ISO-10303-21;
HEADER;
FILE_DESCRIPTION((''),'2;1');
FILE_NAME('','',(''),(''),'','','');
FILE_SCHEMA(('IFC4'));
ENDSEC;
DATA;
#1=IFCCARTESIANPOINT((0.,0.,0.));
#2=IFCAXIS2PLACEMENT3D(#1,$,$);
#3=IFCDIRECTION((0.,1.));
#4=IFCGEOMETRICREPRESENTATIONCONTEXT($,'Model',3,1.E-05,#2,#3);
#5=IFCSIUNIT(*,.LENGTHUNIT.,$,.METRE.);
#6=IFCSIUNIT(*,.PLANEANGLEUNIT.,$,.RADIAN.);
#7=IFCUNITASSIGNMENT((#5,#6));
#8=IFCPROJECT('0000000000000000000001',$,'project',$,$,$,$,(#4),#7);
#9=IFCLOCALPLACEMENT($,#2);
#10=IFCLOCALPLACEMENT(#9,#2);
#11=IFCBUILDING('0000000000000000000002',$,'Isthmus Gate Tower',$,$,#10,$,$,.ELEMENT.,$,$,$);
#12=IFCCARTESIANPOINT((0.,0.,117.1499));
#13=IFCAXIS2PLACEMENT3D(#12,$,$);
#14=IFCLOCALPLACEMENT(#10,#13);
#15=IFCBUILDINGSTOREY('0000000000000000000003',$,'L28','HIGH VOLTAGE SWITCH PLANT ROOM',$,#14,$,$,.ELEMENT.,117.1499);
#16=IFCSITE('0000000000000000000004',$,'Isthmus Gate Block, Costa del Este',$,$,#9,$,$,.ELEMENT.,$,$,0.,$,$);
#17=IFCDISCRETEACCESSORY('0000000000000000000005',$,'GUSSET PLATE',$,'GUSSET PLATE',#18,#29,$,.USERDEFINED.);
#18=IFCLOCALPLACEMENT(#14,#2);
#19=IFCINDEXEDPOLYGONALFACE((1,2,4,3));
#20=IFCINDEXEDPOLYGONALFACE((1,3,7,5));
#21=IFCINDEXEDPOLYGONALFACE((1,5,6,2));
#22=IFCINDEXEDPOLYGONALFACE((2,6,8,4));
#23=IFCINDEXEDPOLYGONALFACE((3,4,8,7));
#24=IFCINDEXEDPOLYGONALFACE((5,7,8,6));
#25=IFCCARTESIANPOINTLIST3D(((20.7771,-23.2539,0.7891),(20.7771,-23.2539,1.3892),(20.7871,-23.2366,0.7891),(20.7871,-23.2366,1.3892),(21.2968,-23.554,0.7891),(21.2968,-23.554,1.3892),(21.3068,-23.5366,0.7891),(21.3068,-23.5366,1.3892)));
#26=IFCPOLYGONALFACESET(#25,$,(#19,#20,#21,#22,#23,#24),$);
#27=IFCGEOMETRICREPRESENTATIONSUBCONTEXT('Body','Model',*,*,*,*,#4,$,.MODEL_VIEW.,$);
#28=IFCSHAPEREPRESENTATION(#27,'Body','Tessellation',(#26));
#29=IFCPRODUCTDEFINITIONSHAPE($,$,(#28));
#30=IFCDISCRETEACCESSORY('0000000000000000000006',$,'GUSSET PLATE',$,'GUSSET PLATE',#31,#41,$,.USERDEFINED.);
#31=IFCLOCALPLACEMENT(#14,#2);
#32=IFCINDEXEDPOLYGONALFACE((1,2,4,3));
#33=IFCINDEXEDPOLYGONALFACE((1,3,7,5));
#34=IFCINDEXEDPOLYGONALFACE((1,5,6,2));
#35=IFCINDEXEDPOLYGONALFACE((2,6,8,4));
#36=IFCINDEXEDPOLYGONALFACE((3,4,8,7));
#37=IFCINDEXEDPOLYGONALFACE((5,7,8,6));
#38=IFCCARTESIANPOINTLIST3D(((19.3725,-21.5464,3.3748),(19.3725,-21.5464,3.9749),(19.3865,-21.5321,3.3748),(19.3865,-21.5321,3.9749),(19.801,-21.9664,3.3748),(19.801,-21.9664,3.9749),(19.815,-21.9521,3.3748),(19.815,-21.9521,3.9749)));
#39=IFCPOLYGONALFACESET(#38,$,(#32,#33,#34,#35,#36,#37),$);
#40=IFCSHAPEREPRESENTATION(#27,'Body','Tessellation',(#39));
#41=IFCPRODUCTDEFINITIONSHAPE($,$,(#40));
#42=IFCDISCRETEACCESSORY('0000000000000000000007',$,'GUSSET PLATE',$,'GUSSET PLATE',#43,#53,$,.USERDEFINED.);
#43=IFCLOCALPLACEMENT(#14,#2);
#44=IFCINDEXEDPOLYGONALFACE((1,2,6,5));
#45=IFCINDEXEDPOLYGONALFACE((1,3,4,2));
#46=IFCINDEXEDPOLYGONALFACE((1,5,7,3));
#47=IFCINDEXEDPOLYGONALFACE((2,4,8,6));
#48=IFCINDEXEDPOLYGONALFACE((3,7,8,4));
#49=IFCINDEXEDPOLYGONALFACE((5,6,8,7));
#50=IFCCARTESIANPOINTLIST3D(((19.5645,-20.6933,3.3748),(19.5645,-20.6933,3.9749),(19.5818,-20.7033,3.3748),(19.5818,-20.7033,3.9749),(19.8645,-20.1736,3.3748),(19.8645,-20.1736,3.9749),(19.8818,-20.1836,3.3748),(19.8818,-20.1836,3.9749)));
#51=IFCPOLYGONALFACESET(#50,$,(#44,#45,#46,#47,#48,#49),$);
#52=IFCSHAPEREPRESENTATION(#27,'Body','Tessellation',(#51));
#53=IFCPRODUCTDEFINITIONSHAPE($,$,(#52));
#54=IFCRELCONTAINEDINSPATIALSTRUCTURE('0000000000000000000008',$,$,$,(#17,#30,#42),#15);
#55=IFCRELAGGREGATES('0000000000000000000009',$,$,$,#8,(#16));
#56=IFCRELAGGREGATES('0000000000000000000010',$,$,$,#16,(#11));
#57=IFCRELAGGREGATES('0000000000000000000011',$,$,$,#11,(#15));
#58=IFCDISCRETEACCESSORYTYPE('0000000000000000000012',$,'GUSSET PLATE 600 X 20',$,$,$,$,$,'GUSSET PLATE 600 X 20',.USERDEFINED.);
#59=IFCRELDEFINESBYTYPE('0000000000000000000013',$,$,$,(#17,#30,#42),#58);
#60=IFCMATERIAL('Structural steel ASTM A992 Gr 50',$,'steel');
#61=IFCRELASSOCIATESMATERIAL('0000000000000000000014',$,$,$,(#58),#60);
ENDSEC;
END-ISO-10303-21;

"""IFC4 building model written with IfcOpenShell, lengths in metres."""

from ifc_helpers import new_model, si_unit, direction, frame, origin, origin_2d, place, context, subcontext, project, spatial, rectangle, extrude, material, type_object, element, save


model = new_model("IFC4")

# Units and contexts
model_context = context("Model", 3, precision=1e-05, world=origin(), true_north=direction((0.0, 1.0)))
body_context = subcontext(model_context, "Body", "Model", "MODEL_VIEW")
ifc_project = project(units=[si_unit("LENGTHUNIT", "METRE"), si_unit("PLANEANGLEUNIT", "RADIAN")], contexts=[model_context])

# Site, building, storey
site_placement = place(None, origin())
site = spatial("IfcSite", under=ifc_project, at=site_placement, Name="Isthmus Gate Block, Costa del Este", CompositionType="ELEMENT", RefElevation=0.0)
building_placement = place(site_placement, origin())
building = spatial("IfcBuilding", under=site, at=building_placement, Name="Isthmus Gate Tower", CompositionType="ELEMENT")
storey_placement = place(building_placement, frame((0.0, 0.0, 117.1499)))
storey = spatial("IfcBuildingStorey", under=building, at=storey_placement, Name="L28", Description="HIGH VOLTAGE SWITCH PLANT ROOM", CompositionType="ELEMENT", Elevation=117.1499)

# Discrete accessories
ifc_material_1 = material(Name="Structural steel ASTM A992 Gr 50", Category="steel")
discrete_accessory_type_1 = type_object("IfcDiscreteAccessoryType", Name="GUSSET PLATE 600 X 20", ElementType="GUSSET PLATE 600 X 20", PredefinedType="USERDEFINED", material=ifc_material_1)
for number, where, z_axis, x_axis, name in (
    (1, (21.042, -23.3953, 0.7891), (0.0, 0.0, 1.0), (-0.866025, 0.5, 0.0), "GUSSET PLATE"),
    (2, (19.5938, -21.7493, 3.3748), (0.0, 0.0, 1.0), (-0.71419, 0.699952, 0.0), "GUSSET PLATE"),
    (3, (19.7231, -20.4385, 3.3748), (0.0, 0.0, 1.0), (-0.5, -0.866025, 0.0), "GUSSET PLATE"),
):
    element("IfcDiscreteAccessory", number, at=place(storey_placement, frame(where, z_axis=z_axis, x_axis=x_axis)), inside=storey, type_object=discrete_accessory_type_1, Name=name, ObjectType="GUSSET PLATE", PredefinedType="USERDEFINED", context=body_context, shape_type="SweptSolid", body=[
        extrude(rectangle(XDim=0.6001, YDim=0.02, at=origin_2d()), origin(), (0.0, 0.0, 1.0), 0.6001),
    ])

save(model, "model.ifc")
